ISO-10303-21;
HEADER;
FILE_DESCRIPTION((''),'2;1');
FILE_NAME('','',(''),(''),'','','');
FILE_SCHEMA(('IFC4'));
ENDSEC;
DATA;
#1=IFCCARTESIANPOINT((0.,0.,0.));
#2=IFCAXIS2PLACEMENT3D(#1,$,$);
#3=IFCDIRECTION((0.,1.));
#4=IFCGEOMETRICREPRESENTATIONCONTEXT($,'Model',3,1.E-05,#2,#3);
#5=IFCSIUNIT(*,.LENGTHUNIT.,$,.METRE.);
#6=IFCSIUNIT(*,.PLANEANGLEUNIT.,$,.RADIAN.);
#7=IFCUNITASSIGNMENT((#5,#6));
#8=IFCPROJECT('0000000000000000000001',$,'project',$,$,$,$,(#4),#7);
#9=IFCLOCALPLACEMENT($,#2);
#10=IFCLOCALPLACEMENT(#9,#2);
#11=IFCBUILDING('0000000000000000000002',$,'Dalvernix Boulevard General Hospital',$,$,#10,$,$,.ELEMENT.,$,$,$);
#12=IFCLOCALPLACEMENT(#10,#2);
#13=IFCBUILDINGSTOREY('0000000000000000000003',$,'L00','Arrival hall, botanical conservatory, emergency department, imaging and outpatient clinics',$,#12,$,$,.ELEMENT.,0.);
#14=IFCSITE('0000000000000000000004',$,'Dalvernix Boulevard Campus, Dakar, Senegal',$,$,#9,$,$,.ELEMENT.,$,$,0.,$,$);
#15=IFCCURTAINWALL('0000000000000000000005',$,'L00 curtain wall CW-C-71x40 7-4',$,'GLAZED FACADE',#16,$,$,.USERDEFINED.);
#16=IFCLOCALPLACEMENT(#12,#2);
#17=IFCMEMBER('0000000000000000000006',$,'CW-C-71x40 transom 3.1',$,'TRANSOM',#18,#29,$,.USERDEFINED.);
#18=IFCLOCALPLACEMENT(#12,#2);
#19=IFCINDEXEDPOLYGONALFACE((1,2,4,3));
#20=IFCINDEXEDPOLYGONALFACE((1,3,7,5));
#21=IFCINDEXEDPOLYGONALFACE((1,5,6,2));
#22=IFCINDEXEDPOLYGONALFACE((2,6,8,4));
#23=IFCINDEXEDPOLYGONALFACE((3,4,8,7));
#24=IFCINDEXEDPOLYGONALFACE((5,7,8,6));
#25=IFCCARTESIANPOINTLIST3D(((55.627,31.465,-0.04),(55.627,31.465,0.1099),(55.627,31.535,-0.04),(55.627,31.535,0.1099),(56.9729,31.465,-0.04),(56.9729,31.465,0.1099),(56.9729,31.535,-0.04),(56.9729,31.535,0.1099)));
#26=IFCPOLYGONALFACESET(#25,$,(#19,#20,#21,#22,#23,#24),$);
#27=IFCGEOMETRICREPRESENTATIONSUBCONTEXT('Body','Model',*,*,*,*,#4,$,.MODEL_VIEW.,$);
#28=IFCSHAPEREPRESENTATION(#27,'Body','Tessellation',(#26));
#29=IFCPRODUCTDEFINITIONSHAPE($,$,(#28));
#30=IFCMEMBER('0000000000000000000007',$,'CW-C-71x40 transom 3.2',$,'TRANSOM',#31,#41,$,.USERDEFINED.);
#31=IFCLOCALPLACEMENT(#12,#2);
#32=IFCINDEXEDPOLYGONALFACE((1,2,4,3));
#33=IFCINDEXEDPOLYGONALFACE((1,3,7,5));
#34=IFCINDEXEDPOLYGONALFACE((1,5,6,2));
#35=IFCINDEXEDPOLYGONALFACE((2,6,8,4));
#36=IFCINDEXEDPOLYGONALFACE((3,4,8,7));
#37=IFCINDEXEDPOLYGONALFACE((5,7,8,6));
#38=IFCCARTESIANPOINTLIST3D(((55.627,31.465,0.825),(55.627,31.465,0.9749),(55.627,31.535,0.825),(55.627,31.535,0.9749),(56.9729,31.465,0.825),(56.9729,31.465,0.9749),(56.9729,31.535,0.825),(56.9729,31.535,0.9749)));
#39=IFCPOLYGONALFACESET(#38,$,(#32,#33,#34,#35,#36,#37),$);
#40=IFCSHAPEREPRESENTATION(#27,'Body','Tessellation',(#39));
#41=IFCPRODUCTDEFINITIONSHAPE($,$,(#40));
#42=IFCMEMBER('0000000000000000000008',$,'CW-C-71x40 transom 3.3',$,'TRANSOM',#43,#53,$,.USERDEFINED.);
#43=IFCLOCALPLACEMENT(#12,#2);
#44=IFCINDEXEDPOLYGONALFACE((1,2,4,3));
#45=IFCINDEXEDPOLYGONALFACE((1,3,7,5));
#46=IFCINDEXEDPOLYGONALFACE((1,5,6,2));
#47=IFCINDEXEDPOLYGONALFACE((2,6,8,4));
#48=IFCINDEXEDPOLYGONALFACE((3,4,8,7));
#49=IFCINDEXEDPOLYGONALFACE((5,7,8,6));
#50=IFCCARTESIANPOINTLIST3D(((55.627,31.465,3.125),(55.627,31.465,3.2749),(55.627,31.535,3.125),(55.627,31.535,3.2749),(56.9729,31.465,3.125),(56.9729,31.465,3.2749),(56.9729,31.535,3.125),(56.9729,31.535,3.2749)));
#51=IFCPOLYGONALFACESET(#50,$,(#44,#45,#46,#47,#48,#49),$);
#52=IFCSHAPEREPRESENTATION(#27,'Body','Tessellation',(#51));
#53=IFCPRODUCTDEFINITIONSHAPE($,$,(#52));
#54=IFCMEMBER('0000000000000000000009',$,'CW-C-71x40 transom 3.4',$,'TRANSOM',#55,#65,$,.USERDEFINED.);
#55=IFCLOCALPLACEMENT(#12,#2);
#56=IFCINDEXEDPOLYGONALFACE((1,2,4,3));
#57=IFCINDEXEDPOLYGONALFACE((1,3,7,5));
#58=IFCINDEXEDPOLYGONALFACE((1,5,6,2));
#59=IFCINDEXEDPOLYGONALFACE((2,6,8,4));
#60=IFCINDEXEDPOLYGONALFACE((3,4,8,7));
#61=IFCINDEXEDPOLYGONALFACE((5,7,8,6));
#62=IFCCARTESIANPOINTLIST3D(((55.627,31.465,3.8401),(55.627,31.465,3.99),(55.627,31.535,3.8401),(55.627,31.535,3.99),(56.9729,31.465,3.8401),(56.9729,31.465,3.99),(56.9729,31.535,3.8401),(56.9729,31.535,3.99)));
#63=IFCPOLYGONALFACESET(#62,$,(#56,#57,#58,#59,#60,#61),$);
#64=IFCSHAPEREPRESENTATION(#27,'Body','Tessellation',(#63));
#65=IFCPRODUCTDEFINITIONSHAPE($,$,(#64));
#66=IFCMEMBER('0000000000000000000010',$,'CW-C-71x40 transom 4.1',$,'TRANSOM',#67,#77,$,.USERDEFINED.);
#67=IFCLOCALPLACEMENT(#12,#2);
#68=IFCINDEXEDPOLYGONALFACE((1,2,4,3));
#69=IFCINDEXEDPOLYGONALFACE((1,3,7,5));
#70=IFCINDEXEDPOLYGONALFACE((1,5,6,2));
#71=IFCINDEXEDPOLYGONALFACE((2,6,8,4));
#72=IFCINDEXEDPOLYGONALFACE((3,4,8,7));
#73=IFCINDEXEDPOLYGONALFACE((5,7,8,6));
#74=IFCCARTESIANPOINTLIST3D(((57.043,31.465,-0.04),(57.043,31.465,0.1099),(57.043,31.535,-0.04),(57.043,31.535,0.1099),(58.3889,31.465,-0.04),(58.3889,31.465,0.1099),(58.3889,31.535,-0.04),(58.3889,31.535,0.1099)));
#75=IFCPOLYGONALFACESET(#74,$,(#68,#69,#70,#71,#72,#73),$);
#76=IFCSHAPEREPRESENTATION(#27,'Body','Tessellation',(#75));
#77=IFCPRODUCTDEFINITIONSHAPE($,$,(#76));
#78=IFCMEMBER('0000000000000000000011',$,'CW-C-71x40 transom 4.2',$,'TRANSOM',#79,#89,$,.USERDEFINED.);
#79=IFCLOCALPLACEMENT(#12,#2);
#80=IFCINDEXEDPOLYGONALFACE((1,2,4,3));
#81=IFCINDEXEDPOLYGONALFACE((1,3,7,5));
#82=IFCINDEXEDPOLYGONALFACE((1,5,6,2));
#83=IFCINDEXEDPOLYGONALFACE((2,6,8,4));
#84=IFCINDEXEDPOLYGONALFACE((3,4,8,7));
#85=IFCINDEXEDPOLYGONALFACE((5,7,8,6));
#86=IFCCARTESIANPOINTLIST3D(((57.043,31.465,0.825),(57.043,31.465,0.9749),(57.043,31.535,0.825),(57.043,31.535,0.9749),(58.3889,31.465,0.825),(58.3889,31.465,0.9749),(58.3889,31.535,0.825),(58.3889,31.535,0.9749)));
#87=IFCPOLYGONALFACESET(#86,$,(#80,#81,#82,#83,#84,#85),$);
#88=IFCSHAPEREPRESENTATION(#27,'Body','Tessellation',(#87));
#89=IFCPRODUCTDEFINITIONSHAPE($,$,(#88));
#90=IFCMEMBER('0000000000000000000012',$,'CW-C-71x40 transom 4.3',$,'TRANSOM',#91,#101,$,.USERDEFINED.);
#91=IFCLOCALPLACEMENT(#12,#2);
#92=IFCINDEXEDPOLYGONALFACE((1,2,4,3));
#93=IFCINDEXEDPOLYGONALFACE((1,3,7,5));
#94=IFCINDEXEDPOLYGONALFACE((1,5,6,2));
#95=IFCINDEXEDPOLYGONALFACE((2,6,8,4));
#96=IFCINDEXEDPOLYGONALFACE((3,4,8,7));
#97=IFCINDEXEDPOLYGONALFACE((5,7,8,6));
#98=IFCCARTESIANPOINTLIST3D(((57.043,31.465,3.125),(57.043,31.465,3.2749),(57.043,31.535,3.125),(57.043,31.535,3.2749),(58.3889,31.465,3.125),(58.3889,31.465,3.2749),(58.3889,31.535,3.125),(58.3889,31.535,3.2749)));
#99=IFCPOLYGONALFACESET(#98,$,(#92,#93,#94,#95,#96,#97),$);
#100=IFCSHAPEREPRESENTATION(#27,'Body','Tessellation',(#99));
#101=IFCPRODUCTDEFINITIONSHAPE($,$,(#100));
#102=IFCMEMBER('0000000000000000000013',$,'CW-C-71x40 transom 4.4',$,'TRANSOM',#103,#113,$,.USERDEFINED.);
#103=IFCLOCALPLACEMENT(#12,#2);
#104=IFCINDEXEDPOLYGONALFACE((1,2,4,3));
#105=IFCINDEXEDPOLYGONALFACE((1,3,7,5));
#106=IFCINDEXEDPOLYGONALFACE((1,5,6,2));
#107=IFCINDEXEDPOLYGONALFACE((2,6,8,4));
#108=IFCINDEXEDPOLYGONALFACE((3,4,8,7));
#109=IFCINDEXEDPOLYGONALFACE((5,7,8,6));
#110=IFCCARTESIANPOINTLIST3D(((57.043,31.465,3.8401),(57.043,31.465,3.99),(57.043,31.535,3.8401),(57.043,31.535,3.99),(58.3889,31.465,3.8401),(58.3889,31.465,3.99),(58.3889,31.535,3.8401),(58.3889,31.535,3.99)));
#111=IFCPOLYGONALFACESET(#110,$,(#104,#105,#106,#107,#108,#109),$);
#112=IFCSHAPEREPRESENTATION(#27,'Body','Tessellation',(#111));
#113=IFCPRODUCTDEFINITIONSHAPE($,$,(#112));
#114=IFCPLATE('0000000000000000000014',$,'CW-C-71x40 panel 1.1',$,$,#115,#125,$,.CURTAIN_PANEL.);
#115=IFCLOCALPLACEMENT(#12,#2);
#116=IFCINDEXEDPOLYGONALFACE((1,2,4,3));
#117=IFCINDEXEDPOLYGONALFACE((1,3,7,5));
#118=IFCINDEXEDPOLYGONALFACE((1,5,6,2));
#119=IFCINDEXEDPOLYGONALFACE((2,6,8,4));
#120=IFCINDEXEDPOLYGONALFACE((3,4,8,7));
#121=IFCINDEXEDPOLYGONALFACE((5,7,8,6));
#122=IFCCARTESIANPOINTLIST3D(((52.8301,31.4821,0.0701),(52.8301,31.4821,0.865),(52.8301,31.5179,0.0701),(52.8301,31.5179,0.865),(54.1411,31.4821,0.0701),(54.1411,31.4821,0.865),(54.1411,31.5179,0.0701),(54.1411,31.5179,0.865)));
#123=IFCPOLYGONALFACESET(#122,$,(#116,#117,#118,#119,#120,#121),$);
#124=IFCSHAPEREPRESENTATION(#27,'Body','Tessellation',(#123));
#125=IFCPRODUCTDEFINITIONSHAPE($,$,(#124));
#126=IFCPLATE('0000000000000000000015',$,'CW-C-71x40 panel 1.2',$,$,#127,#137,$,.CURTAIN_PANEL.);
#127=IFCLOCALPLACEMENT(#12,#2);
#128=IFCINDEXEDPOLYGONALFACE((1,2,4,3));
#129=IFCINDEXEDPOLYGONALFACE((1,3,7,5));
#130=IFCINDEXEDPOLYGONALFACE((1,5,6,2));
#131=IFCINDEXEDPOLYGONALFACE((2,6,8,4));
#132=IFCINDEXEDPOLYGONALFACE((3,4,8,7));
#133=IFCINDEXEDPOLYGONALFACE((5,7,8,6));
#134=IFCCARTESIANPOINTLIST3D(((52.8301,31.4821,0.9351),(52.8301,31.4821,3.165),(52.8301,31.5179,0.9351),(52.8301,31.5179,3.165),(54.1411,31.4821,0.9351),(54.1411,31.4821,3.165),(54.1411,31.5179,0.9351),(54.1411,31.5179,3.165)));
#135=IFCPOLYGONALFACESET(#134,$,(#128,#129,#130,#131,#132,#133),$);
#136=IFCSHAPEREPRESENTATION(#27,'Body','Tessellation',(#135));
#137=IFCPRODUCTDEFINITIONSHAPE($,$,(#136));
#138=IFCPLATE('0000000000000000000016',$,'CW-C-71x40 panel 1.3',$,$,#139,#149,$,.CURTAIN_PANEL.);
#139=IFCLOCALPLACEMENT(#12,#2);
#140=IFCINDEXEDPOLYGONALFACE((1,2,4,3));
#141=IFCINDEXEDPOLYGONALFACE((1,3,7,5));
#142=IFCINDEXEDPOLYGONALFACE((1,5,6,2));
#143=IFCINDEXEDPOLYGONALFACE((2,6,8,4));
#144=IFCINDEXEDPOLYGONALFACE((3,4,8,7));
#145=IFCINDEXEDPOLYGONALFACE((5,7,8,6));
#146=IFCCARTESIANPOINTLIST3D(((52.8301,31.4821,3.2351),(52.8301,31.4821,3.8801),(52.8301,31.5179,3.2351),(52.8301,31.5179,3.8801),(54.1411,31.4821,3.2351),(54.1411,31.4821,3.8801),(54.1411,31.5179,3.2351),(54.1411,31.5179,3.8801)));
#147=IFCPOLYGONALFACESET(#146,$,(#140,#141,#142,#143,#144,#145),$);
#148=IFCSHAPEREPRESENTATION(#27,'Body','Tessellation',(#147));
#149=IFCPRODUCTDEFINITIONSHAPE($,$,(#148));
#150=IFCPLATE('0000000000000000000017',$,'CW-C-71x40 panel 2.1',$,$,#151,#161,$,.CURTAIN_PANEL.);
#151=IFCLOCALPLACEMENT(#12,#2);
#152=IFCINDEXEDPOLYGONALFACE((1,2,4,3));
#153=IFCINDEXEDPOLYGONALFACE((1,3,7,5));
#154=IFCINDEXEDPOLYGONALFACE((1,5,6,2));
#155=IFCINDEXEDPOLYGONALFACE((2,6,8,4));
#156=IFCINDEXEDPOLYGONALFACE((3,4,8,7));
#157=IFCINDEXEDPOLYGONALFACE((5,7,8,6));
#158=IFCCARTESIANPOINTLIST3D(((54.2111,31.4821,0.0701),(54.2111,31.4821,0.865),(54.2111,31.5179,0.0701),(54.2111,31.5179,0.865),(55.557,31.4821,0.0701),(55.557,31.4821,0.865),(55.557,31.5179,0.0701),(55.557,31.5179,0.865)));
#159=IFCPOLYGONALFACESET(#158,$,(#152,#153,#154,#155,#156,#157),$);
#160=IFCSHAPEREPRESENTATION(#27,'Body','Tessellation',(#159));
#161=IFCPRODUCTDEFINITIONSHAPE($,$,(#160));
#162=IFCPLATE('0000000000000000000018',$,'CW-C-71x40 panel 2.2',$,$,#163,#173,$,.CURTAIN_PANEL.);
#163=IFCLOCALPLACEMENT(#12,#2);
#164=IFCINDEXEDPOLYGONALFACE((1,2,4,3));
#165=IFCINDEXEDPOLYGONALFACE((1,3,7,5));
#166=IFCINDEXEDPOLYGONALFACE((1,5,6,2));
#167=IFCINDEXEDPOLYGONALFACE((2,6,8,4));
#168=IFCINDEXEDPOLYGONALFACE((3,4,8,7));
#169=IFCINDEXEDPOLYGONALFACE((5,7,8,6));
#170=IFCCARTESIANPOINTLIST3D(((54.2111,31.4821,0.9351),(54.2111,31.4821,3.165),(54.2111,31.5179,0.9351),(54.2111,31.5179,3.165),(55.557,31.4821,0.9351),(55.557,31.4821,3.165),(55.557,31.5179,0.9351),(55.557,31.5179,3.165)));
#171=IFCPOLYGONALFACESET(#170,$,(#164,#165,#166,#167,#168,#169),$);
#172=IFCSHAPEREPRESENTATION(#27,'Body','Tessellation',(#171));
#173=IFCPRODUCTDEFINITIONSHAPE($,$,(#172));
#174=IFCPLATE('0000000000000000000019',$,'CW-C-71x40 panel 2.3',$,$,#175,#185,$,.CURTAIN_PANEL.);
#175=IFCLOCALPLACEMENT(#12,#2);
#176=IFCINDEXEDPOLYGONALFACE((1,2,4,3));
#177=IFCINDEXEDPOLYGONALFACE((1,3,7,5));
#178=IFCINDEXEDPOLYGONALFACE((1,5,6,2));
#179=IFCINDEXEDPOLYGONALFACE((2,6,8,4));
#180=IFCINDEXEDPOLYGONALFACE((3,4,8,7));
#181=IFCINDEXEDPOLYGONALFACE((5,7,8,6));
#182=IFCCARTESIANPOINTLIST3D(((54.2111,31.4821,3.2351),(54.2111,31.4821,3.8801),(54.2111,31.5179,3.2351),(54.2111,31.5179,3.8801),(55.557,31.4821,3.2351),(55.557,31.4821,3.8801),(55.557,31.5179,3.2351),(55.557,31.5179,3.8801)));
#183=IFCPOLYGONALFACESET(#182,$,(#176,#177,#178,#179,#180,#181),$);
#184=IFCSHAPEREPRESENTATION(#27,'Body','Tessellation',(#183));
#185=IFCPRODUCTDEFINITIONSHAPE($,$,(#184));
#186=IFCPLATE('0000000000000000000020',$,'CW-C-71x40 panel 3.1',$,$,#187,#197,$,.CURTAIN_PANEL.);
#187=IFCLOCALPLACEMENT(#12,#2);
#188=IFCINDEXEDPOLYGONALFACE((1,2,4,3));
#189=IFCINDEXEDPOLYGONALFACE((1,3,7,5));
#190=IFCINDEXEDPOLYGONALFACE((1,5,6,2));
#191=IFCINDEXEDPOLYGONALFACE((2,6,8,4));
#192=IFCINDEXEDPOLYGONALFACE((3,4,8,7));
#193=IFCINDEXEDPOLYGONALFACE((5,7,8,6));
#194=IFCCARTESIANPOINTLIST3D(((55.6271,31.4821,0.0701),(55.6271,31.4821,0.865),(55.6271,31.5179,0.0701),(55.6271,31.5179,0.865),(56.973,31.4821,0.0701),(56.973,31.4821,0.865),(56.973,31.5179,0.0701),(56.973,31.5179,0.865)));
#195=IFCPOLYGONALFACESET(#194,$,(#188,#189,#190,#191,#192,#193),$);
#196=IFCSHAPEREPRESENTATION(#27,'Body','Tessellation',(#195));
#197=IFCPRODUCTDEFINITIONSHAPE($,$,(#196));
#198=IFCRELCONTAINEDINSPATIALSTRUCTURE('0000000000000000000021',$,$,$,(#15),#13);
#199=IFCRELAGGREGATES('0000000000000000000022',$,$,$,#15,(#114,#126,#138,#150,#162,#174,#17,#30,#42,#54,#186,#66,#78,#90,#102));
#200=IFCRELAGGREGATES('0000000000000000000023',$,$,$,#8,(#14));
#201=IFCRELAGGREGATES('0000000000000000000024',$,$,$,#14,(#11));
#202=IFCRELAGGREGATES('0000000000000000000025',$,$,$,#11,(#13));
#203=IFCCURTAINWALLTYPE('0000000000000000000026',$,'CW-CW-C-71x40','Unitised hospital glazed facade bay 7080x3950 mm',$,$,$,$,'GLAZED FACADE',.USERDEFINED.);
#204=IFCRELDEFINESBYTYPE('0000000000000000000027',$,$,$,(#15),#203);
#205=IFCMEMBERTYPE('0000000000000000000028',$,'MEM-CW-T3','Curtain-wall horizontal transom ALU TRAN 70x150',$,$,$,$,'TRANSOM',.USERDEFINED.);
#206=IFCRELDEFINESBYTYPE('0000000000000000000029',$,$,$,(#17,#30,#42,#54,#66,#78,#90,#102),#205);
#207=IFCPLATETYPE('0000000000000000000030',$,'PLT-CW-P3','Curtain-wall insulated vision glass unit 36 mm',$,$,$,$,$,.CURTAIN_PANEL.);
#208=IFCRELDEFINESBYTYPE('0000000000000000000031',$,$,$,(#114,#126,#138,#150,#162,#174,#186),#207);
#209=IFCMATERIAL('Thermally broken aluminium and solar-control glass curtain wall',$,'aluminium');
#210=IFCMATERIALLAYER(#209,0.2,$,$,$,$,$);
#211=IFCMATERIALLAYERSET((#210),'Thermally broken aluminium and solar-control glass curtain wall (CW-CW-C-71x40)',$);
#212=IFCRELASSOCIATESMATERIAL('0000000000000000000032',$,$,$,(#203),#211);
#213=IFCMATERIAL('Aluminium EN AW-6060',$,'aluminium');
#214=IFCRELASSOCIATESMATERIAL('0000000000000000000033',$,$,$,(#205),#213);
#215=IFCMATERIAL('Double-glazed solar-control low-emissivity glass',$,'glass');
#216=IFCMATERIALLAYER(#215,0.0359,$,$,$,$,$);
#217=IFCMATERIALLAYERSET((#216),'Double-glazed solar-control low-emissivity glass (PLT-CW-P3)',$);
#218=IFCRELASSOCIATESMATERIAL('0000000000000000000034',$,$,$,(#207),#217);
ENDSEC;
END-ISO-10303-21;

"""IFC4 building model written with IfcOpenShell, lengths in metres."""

from ifc_helpers import new_model, si_unit, direction, frame, origin, origin_2d, place, context, subcontext, project, spatial, rectangle, extrude, material, layer, layer_set, material_profile, profile_set, type_object, element, aggregate, save


model = new_model("IFC4")

# Units and contexts
model_context = context("Model", 3, precision=1e-05, world=origin(), true_north=direction((0.0, 1.0)))
body_context = subcontext(model_context, "Body", "Model", "MODEL_VIEW")
ifc_project = project(units=[si_unit("LENGTHUNIT", "METRE"), si_unit("PLANEANGLEUNIT", "RADIAN")], contexts=[model_context])

# Site, building, storey
site_placement = place(None, origin())
site = spatial("IfcSite", under=ifc_project, at=site_placement, Name="Dalvernix Boulevard Campus, Dakar, Senegal", CompositionType="ELEMENT", RefElevation=0.0)
building_placement = place(site_placement, origin())
building = spatial("IfcBuilding", under=site, at=building_placement, Name="Dalvernix Boulevard General Hospital", CompositionType="ELEMENT")
storey_placement = place(building_placement, origin())
storey = spatial("IfcBuildingStorey", under=building, at=storey_placement, Name="L00", Description="Arrival hall, botanical conservatory, emergency department, imaging and outpatient clinics", CompositionType="ELEMENT", Elevation=0.0)

# Curtain wall, members, plates
ifc_material_1 = material(Name="Thermally broken aluminium and solar-control glass curtain wall", Category="aluminium")
ifc_layer_1 = layer(ifc_material_1, 0.2)
ifc_layer_set_1 = layer_set([ifc_layer_1], Name="Thermally broken aluminium and solar-control glass curtain wall (CW-CW-C-71x40)")
curtain_wall_type = type_object("IfcCurtainWallType", Name="CW-CW-C-71x40", Description="Unitised hospital glazed facade bay 7080x3950 mm", ElementType="GLAZED FACADE", PredefinedType="USERDEFINED", material=ifc_layer_set_1)
curtain_wall_placement = place(storey_placement, origin())
curtain_wall = element("IfcCurtainWall", 1, at=curtain_wall_placement, inside=storey, type_object=curtain_wall_type, Name="L00 curtain wall CW-C-71x40 7-4", ObjectType="GLAZED FACADE", PredefinedType="USERDEFINED")
ifc_material_2 = material(Name="Aluminium EN AW-6060", Category="aluminium")
ifc_material_profile_1 = material_profile(ifc_material_2, rectangle(XDim=0.0701, YDim=0.1499, at=origin_2d()), Name="ALU TRAN 70x150")
ifc_profile_set_1 = profile_set([ifc_material_profile_1], Name="Aluminium EN AW-6060")
member_type_1 = type_object("IfcMemberType", Name="MEM-CW-T3", Description="Curtain-wall horizontal transom ALU TRAN 70x150", ElementType="TRANSOM", PredefinedType="USERDEFINED", material=ifc_profile_set_1)
member_1_placement = place(storey_placement, frame((55.627, 31.5, 0.0349), z_axis=(1.0, 0.0, 0.0), x_axis=(0.0, 1.0, 0.0)))
member_1 = element("IfcMember", 2, at=member_1_placement, type_object=member_type_1, Name="CW-C-71x40 transom 3.1", ObjectType="TRANSOM", PredefinedType="USERDEFINED", context=body_context, shape_type="SweptSolid", body=[
    extrude(rectangle(XDim=0.0701, YDim=0.1499, at=origin_2d()), origin(), (0.0, 0.0, 1.0), 1.3459),
])
member_2_placement = place(storey_placement, frame((55.627, 31.5, 0.8999), z_axis=(1.0, 0.0, 0.0), x_axis=(0.0, 1.0, 0.0)))
member_2 = element("IfcMember", 3, at=member_2_placement, type_object=member_type_1, Name="CW-C-71x40 transom 3.2", ObjectType="TRANSOM", PredefinedType="USERDEFINED", context=body_context, shape_type="SweptSolid", body=[
    extrude(rectangle(XDim=0.0701, YDim=0.1499, at=origin_2d()), origin(), (0.0, 0.0, 1.0), 1.3459),
])
member_3_placement = place(storey_placement, frame((55.627, 31.5, 3.2), z_axis=(1.0, 0.0, 0.0), x_axis=(0.0, 1.0, 0.0)))
member_3 = element("IfcMember", 4, at=member_3_placement, type_object=member_type_1, Name="CW-C-71x40 transom 3.3", ObjectType="TRANSOM", PredefinedType="USERDEFINED", context=body_context, shape_type="SweptSolid", body=[
    extrude(rectangle(XDim=0.0701, YDim=0.1499, at=origin_2d()), origin(), (0.0, 0.0, 1.0), 1.3459),
])
member_4_placement = place(storey_placement, frame((55.627, 31.5, 3.915), z_axis=(1.0, 0.0, 0.0), x_axis=(0.0, 1.0, 0.0)))
member_4 = element("IfcMember", 5, at=member_4_placement, type_object=member_type_1, Name="CW-C-71x40 transom 3.4", ObjectType="TRANSOM", PredefinedType="USERDEFINED", context=body_context, shape_type="SweptSolid", body=[
    extrude(rectangle(XDim=0.0701, YDim=0.1499, at=origin_2d()), origin(), (0.0, 0.0, 1.0), 1.3459),
])
member_5_placement = place(storey_placement, frame((57.043, 31.5, 0.0349), z_axis=(1.0, 0.0, 0.0), x_axis=(0.0, 1.0, 0.0)))
member_5 = element("IfcMember", 6, at=member_5_placement, type_object=member_type_1, Name="CW-C-71x40 transom 4.1", ObjectType="TRANSOM", PredefinedType="USERDEFINED", context=body_context, shape_type="SweptSolid", body=[
    extrude(rectangle(XDim=0.0701, YDim=0.1499, at=origin_2d()), origin(), (0.0, 0.0, 1.0), 1.3459),
])
member_6_placement = place(storey_placement, frame((57.043, 31.5, 0.8999), z_axis=(1.0, 0.0, 0.0), x_axis=(0.0, 1.0, 0.0)))
member_6 = element("IfcMember", 7, at=member_6_placement, type_object=member_type_1, Name="CW-C-71x40 transom 4.2", ObjectType="TRANSOM", PredefinedType="USERDEFINED", context=body_context, shape_type="SweptSolid", body=[
    extrude(rectangle(XDim=0.0701, YDim=0.1499, at=origin_2d()), origin(), (0.0, 0.0, 1.0), 1.3459),
])
member_7_placement = place(storey_placement, frame((57.043, 31.5, 3.2), z_axis=(1.0, 0.0, 0.0), x_axis=(0.0, 1.0, 0.0)))
member_7 = element("IfcMember", 8, at=member_7_placement, type_object=member_type_1, Name="CW-C-71x40 transom 4.3", ObjectType="TRANSOM", PredefinedType="USERDEFINED", context=body_context, shape_type="SweptSolid", body=[
    extrude(rectangle(XDim=0.0701, YDim=0.1499, at=origin_2d()), origin(), (0.0, 0.0, 1.0), 1.3459),
])
member_8_placement = place(storey_placement, frame((57.043, 31.5, 3.915), z_axis=(1.0, 0.0, 0.0), x_axis=(0.0, 1.0, 0.0)))
member_8 = element("IfcMember", 9, at=member_8_placement, type_object=member_type_1, Name="CW-C-71x40 transom 4.4", ObjectType="TRANSOM", PredefinedType="USERDEFINED", context=body_context, shape_type="SweptSolid", body=[
    extrude(rectangle(XDim=0.0701, YDim=0.1499, at=origin_2d()), origin(), (0.0, 0.0, 1.0), 1.3459),
])
ifc_material_3 = material(Name="Double-glazed solar-control low-emissivity glass", Category="glass")
ifc_layer_2 = layer(ifc_material_3, 0.0359)
ifc_layer_set_2 = layer_set([ifc_layer_2], Name="Double-glazed solar-control low-emissivity glass (PLT-CW-P3)")
plate_type = type_object("IfcPlateType", Name="PLT-CW-P3", Description="Curtain-wall insulated vision glass unit 36 mm", PredefinedType="CURTAIN_PANEL", material=ifc_layer_set_2)
plate_1_placement = place(storey_placement, frame((53.4856, 31.5, 0.0701), z_axis=(0.0, 0.0, 1.0), x_axis=(1.0, 0.0, 0.0)))
plate_1 = element("IfcPlate", 10, at=plate_1_placement, type_object=plate_type, Name="CW-C-71x40 panel 1.1", PredefinedType="CURTAIN_PANEL", context=body_context, shape_type="SweptSolid", body=[
    extrude(rectangle(XDim=1.311, YDim=0.0359, at=origin_2d()), origin(), (0.0, 0.0, 1.0), 0.7949),
])
plate_2_placement = place(storey_placement, frame((53.4856, 31.5, 0.9351), z_axis=(0.0, 0.0, 1.0), x_axis=(1.0, 0.0, 0.0)))
plate_2 = element("IfcPlate", 11, at=plate_2_placement, type_object=plate_type, Name="CW-C-71x40 panel 1.2", PredefinedType="CURTAIN_PANEL", context=body_context, shape_type="SweptSolid", body=[
    extrude(rectangle(XDim=1.311, YDim=0.0359, at=origin_2d()), origin(), (0.0, 0.0, 1.0), 2.23),
])
plate_3_placement = place(storey_placement, frame((53.4856, 31.5, 3.2351), z_axis=(0.0, 0.0, 1.0), x_axis=(1.0, 0.0, 0.0)))
plate_3 = element("IfcPlate", 12, at=plate_3_placement, type_object=plate_type, Name="CW-C-71x40 panel 1.3", PredefinedType="CURTAIN_PANEL", context=body_context, shape_type="SweptSolid", body=[
    extrude(rectangle(XDim=1.311, YDim=0.0359, at=origin_2d()), origin(), (0.0, 0.0, 1.0), 0.645),
])
plate_4_placement = place(storey_placement, frame((54.884, 31.5, 0.0701), z_axis=(0.0, 0.0, 1.0), x_axis=(1.0, 0.0, 0.0)))
plate_4 = element("IfcPlate", 13, at=plate_4_placement, type_object=plate_type, Name="CW-C-71x40 panel 2.1", PredefinedType="CURTAIN_PANEL", context=body_context, shape_type="SweptSolid", body=[
    extrude(rectangle(XDim=1.3459, YDim=0.0359, at=origin_2d()), origin(), (0.0, 0.0, 1.0), 0.7949),
])
plate_5_placement = place(storey_placement, frame((54.884, 31.5, 0.9351), z_axis=(0.0, 0.0, 1.0), x_axis=(1.0, 0.0, 0.0)))
plate_5 = element("IfcPlate", 14, at=plate_5_placement, type_object=plate_type, Name="CW-C-71x40 panel 2.2", PredefinedType="CURTAIN_PANEL", context=body_context, shape_type="SweptSolid", body=[
    extrude(rectangle(XDim=1.3459, YDim=0.0359, at=origin_2d()), origin(), (0.0, 0.0, 1.0), 2.23),
])
plate_6_placement = place(storey_placement, frame((54.884, 31.5, 3.2351), z_axis=(0.0, 0.0, 1.0), x_axis=(1.0, 0.0, 0.0)))
plate_6 = element("IfcPlate", 15, at=plate_6_placement, type_object=plate_type, Name="CW-C-71x40 panel 2.3", PredefinedType="CURTAIN_PANEL", context=body_context, shape_type="SweptSolid", body=[
    extrude(rectangle(XDim=1.3459, YDim=0.0359, at=origin_2d()), origin(), (0.0, 0.0, 1.0), 0.645),
])
plate_7_placement = place(storey_placement, frame((56.3, 31.5, 0.0701), z_axis=(0.0, 0.0, 1.0), x_axis=(1.0, 0.0, 0.0)))
plate_7 = element("IfcPlate", 16, at=plate_7_placement, type_object=plate_type, Name="CW-C-71x40 panel 3.1", PredefinedType="CURTAIN_PANEL", context=body_context, shape_type="SweptSolid", body=[
    extrude(rectangle(XDim=1.3459, YDim=0.0359, at=origin_2d()), origin(), (0.0, 0.0, 1.0), 0.7949),
])
aggregate(curtain_wall, [plate_1, plate_2, plate_3, plate_4, plate_5, plate_6, member_1, member_2, member_3, member_4, plate_7, member_5, member_6, member_7, member_8])

save(model, "model.ifc")
